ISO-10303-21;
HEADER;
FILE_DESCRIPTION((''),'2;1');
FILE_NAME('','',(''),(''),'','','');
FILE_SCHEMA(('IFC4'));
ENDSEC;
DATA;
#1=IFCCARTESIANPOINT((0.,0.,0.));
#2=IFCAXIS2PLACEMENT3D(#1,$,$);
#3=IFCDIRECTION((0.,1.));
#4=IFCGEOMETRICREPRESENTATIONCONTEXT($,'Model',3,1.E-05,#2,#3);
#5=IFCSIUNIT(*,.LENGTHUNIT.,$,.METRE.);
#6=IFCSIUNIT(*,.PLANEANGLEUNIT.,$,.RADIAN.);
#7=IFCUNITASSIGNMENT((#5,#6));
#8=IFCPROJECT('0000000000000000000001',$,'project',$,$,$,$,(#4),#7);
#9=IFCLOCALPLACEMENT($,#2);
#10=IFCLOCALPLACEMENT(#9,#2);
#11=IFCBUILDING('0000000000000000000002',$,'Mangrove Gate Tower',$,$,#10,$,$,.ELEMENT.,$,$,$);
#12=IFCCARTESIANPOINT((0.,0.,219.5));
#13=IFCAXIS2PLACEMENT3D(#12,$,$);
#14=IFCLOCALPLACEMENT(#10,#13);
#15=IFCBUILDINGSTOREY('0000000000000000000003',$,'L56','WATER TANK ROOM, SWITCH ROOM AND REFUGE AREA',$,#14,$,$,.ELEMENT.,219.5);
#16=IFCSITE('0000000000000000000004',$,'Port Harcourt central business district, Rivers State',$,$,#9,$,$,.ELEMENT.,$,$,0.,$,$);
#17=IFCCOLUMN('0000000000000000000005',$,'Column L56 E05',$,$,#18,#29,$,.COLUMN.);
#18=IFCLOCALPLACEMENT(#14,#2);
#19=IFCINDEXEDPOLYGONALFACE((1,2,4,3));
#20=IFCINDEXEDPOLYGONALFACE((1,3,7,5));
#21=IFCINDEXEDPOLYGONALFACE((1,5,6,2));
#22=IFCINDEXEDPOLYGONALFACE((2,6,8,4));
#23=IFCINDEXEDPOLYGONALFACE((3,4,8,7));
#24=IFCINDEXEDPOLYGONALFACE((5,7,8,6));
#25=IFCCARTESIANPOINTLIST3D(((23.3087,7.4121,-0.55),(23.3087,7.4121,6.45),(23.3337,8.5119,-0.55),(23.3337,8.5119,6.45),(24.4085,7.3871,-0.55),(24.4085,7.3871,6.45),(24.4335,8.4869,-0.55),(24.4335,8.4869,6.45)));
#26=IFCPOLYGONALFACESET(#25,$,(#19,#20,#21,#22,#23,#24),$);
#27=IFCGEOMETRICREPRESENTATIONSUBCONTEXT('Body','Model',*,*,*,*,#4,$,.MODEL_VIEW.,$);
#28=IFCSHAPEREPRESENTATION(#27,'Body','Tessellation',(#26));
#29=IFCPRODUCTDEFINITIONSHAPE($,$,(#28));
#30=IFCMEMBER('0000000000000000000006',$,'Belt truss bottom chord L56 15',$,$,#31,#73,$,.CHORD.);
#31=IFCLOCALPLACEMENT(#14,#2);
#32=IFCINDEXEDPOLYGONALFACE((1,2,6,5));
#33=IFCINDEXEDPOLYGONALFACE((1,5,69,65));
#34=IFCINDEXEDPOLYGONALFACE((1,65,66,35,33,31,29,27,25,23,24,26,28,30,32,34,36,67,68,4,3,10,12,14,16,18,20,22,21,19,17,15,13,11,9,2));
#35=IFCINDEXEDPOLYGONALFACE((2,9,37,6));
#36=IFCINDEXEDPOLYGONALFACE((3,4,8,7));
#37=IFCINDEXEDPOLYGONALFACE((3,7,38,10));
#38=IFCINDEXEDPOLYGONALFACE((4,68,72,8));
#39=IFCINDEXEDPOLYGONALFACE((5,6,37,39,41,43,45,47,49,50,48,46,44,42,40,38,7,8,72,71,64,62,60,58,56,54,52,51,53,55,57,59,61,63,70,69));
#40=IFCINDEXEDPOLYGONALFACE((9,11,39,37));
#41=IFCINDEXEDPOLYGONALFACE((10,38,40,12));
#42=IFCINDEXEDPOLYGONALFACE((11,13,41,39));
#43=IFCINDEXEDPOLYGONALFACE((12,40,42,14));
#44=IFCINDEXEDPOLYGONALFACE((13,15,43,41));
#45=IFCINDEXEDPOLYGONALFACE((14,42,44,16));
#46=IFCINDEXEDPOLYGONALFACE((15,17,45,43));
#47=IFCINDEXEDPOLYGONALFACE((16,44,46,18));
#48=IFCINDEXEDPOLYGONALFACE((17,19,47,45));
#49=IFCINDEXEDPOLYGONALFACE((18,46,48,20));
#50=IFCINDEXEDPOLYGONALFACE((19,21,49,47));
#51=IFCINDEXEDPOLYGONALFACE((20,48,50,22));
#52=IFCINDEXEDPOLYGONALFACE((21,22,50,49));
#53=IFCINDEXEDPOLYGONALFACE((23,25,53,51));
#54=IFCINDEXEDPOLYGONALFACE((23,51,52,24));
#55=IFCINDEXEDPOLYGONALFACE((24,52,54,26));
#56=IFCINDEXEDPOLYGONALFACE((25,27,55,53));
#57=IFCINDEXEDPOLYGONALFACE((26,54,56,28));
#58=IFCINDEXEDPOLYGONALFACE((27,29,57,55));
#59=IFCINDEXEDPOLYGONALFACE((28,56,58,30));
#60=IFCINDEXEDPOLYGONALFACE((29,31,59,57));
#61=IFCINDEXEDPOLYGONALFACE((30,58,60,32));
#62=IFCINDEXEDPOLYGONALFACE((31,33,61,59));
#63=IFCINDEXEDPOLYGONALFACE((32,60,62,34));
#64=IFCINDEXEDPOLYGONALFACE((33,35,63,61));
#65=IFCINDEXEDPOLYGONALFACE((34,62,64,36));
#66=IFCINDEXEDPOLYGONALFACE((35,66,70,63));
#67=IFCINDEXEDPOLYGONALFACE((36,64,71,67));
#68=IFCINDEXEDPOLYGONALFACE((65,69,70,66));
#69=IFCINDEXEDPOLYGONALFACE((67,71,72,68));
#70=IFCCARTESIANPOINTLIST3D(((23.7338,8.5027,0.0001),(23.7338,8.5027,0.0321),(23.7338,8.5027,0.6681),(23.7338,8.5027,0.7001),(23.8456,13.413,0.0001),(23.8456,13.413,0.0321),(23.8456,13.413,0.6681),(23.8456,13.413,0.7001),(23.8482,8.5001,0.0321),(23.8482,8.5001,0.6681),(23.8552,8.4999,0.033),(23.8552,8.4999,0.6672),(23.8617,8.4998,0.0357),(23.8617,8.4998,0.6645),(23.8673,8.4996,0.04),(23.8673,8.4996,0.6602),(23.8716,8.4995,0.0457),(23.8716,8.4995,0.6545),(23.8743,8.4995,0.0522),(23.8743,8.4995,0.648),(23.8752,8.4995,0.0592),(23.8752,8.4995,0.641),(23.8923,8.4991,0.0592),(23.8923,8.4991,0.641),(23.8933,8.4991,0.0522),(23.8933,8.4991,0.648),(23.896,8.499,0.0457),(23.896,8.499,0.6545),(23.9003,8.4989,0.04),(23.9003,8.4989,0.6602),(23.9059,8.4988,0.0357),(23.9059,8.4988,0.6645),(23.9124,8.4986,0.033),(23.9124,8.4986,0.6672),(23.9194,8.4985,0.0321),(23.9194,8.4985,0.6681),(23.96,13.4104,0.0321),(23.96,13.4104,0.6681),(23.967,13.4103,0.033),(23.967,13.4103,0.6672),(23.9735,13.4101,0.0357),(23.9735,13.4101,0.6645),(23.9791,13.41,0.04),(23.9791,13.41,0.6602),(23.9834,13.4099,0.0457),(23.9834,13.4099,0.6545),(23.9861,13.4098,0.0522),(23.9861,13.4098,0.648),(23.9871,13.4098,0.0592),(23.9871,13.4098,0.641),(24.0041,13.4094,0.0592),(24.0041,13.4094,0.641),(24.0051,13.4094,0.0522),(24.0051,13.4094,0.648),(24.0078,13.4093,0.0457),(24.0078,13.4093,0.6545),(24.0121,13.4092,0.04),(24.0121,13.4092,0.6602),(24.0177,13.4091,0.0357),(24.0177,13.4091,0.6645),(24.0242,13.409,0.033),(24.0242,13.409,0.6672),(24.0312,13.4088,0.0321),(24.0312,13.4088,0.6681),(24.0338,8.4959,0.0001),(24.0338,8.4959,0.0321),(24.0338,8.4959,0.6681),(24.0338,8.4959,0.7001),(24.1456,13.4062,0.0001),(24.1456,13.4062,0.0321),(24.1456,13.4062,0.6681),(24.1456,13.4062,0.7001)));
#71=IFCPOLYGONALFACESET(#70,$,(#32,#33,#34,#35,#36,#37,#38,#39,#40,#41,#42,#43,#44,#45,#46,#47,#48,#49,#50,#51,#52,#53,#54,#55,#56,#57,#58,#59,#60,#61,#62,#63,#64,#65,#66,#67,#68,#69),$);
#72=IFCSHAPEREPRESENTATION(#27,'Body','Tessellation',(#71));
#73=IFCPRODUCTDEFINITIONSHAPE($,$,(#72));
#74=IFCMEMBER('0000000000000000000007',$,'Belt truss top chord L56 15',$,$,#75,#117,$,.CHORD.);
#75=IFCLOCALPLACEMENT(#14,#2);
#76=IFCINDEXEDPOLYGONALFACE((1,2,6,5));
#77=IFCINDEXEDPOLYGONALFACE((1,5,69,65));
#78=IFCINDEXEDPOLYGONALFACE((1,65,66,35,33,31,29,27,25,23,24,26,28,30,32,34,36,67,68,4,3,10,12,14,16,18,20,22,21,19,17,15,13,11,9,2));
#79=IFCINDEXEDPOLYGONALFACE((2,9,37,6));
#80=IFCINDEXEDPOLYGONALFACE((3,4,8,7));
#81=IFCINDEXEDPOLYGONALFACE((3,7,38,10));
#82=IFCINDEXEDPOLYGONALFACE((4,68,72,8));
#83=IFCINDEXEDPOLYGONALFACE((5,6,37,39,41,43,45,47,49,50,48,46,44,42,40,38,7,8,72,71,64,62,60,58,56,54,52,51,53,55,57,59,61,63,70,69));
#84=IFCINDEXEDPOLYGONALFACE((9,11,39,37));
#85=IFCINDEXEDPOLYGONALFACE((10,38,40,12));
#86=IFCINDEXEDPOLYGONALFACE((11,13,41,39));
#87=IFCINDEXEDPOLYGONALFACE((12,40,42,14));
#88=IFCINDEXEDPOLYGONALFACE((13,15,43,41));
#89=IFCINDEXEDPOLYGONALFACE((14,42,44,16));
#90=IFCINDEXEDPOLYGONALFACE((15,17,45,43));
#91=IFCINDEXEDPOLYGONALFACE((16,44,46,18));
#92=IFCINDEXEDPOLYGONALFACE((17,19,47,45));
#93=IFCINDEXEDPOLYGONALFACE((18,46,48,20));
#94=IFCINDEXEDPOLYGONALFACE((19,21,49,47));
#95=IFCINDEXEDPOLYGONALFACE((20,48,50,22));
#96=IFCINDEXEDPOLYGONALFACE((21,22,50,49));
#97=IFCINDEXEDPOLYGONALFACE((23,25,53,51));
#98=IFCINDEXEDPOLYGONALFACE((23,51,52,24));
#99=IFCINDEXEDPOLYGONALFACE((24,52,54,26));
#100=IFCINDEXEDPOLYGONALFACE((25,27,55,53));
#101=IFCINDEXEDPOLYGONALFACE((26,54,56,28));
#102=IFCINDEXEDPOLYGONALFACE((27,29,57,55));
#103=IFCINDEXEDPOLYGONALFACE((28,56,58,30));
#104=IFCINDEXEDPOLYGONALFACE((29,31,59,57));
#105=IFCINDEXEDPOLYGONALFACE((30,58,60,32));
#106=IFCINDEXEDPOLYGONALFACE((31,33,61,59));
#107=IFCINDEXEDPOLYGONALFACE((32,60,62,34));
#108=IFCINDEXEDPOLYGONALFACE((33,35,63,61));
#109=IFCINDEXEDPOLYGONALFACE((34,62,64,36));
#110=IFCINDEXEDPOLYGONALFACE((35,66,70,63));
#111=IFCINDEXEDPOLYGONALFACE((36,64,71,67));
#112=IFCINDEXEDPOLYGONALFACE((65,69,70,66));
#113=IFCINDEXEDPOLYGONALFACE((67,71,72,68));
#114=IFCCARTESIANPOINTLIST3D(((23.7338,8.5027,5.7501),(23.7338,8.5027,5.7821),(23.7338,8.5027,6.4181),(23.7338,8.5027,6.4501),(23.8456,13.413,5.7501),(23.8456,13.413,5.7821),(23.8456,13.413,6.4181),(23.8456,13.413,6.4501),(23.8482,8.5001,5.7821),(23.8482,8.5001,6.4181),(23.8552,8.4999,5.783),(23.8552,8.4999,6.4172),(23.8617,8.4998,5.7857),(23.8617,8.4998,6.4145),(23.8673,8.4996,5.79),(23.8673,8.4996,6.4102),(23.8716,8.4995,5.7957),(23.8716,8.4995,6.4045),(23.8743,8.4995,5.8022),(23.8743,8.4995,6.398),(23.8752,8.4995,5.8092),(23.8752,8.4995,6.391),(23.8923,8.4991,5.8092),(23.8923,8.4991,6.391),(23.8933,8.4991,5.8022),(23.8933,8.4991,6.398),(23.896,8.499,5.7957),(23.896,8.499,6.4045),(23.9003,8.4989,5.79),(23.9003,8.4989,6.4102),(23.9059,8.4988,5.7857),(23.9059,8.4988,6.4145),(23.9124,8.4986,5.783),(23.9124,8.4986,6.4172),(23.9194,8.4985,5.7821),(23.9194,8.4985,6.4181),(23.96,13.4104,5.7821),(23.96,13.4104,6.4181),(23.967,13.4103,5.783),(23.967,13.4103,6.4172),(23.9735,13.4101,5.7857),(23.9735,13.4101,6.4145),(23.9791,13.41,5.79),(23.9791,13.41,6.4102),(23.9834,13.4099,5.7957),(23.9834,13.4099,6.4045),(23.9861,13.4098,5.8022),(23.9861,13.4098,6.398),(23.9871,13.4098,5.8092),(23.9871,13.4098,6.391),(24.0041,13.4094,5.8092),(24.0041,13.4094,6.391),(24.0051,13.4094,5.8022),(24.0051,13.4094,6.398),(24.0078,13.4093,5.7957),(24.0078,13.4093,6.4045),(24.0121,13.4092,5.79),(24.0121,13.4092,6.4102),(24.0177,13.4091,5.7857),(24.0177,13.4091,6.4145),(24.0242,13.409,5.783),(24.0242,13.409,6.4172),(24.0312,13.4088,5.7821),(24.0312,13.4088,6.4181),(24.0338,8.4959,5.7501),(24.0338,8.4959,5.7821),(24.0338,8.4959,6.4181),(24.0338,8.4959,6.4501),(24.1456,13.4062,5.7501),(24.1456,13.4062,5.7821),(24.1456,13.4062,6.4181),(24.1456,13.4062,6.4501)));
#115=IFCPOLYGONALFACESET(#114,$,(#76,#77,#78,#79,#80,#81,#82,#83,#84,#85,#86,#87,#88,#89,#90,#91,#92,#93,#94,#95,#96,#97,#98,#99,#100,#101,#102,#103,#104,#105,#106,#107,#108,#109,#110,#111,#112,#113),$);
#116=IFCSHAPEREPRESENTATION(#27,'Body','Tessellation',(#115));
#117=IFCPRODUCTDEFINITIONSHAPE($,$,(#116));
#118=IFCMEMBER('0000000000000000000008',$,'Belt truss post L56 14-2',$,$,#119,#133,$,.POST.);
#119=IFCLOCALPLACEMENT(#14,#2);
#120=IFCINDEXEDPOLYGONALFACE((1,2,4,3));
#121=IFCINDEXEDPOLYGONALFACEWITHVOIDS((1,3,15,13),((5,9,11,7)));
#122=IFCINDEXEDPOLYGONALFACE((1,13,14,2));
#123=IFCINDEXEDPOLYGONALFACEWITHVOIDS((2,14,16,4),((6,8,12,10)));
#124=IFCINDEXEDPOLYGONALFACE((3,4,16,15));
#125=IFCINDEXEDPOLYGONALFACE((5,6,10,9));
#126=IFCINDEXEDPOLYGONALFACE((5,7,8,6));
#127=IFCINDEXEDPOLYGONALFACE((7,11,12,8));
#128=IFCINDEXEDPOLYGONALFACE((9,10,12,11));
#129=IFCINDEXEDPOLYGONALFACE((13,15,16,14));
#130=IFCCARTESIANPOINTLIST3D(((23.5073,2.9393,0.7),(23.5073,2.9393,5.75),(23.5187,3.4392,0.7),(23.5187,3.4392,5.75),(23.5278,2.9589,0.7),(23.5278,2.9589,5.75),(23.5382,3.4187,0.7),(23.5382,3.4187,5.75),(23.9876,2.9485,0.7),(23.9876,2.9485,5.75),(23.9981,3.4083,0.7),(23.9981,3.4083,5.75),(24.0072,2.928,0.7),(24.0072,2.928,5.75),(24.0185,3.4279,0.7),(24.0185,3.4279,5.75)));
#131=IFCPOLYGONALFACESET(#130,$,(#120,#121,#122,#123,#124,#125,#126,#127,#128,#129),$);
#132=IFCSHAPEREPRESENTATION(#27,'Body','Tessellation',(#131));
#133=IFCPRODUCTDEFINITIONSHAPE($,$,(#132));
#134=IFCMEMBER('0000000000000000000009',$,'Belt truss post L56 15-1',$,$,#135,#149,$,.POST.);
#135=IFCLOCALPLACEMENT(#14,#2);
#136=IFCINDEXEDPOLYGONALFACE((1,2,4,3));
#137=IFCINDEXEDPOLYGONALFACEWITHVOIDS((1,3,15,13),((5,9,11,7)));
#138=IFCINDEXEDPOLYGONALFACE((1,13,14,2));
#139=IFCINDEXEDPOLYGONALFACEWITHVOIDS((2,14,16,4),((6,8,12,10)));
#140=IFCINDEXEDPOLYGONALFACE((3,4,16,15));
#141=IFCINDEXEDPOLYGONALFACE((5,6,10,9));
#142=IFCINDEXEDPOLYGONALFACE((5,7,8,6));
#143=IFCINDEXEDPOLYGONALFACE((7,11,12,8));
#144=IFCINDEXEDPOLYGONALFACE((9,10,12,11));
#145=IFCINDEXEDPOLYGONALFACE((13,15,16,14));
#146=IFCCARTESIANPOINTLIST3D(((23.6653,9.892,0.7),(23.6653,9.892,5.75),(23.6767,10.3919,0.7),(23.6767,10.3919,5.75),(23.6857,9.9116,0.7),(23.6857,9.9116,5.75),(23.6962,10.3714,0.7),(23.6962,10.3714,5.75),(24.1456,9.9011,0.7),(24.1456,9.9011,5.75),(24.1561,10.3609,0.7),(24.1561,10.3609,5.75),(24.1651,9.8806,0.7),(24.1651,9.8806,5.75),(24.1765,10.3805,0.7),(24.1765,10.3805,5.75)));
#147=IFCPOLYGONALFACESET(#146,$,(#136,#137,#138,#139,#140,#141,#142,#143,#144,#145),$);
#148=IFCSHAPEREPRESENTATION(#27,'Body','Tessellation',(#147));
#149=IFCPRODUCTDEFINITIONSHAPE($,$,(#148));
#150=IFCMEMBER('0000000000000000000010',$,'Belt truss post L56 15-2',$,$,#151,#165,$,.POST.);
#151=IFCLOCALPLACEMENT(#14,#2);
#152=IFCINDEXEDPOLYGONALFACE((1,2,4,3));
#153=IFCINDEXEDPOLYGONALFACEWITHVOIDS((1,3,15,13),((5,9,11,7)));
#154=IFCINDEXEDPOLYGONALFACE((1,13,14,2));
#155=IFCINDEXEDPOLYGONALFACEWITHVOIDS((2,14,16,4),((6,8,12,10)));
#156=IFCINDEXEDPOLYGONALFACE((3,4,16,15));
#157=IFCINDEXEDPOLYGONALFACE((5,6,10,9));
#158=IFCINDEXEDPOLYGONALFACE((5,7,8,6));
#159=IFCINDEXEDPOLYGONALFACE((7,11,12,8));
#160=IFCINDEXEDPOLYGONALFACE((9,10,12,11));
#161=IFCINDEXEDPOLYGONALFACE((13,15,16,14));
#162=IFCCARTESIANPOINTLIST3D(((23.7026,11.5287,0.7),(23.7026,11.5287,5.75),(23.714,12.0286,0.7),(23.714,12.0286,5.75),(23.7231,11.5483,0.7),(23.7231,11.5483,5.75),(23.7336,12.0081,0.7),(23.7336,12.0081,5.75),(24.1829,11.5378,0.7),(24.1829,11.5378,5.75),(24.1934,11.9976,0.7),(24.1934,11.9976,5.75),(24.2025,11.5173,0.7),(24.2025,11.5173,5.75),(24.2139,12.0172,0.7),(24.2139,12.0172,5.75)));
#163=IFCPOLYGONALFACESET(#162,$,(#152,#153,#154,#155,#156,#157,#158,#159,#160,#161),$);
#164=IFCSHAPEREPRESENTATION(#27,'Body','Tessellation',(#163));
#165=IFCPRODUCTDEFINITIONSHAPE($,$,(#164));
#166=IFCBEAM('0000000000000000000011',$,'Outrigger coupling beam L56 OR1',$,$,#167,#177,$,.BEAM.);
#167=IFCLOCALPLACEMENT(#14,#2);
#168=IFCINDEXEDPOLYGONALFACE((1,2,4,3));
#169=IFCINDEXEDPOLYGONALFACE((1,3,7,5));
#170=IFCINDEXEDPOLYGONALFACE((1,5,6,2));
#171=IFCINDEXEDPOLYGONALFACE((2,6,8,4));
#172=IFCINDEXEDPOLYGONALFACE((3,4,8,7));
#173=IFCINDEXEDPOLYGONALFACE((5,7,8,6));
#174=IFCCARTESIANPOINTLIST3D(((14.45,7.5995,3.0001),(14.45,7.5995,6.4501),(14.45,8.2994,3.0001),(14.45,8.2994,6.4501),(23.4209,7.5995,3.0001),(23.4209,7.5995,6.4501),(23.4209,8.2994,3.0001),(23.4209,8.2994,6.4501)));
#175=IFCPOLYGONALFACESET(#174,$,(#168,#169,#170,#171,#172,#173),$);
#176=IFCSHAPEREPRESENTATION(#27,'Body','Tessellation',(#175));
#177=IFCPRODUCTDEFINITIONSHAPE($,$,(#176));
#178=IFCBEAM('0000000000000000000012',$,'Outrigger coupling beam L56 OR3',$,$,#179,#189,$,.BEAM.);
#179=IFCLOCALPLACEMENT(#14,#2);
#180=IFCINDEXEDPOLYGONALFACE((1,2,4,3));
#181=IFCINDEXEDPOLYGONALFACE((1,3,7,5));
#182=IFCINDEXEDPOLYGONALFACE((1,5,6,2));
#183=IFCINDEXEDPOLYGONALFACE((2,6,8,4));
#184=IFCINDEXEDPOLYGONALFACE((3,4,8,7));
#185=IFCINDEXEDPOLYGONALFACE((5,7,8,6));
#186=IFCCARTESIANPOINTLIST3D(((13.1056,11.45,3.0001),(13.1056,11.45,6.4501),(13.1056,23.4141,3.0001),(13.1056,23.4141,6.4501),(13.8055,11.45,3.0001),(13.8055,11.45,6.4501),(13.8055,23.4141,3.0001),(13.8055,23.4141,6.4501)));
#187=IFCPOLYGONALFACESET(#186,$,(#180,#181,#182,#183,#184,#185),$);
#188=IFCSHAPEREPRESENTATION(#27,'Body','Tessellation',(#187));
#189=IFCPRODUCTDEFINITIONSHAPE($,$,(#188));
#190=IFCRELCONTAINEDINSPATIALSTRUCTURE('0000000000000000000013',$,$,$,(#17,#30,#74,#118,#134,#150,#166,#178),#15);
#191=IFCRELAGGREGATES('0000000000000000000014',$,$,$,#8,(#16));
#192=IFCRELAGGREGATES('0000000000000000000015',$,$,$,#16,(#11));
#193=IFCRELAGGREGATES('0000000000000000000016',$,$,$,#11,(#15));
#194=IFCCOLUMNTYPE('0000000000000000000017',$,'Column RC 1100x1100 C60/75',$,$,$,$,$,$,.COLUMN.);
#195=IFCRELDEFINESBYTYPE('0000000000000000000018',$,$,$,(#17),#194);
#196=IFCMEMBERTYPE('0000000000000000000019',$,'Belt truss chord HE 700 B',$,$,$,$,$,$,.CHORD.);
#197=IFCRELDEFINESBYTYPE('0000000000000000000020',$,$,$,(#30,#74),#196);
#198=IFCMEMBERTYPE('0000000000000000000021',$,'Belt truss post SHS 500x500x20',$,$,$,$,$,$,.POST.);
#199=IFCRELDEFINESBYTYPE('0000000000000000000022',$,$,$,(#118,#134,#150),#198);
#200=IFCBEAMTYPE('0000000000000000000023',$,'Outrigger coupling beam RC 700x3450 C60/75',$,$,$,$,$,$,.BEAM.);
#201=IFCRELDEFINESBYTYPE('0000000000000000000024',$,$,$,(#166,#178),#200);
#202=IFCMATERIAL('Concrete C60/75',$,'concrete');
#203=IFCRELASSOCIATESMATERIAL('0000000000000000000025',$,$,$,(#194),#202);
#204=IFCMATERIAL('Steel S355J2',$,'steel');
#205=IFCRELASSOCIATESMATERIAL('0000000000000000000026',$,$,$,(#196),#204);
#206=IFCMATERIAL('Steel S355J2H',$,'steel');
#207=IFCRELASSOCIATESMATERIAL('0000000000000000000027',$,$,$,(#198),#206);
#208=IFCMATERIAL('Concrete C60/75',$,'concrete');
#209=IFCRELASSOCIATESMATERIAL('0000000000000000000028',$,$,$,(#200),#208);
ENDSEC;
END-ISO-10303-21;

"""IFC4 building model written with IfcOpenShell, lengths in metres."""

from ifc_helpers import new_model, si_unit, direction, frame, origin, origin_2d, place, context, subcontext, project, spatial, rectangle, hollow_rectangle, i_section, extrude, material, material_profile, profile_set, type_object, element, save


model = new_model("IFC4")

# Units and contexts
model_context = context("Model", 3, precision=1e-05, world=origin(), true_north=direction((0.0, 1.0)))
body_context = subcontext(model_context, "Body", "Model", "MODEL_VIEW")
ifc_project = project(units=[si_unit("LENGTHUNIT", "METRE"), si_unit("PLANEANGLEUNIT", "RADIAN")], contexts=[model_context])

# Site, building, storey
site_placement = place(None, origin())
site = spatial("IfcSite", under=ifc_project, at=site_placement, Name="Port Harcourt central business district, Rivers State", CompositionType="ELEMENT", RefElevation=0.0)
building_placement = place(site_placement, origin())
building = spatial("IfcBuilding", under=site, at=building_placement, Name="Mangrove Gate Tower", CompositionType="ELEMENT")
storey_placement = place(building_placement, frame((0.0, 0.0, 219.5)))
storey = spatial("IfcBuildingStorey", under=building, at=storey_placement, Name="L56", Description="WATER TANK ROOM, SWITCH ROOM AND REFUGE AREA", CompositionType="ELEMENT", Elevation=219.5)

# Column
ifc_material_1 = material(Name="Concrete C60/75", Category="concrete")
ifc_material_profile_1 = material_profile(ifc_material_1, rectangle(XDim=1.1001, YDim=1.1001, at=origin_2d()))
ifc_profile_set_1 = profile_set([ifc_material_profile_1], Name="Concrete C60/75")
column_type = type_object("IfcColumnType", Name="Column RC 1100x1100 C60/75", PredefinedType="COLUMN", material=ifc_profile_set_1)
column_placement = place(storey_placement, frame((23.8711, 7.9495, -0.55), z_axis=(0.0, 0.0, 1.0), x_axis=(0.022719, 0.999742, 0.0)))
element("IfcColumn", 1, at=column_placement, inside=storey, type_object=column_type, Name="Column L56 E05", PredefinedType="COLUMN", context=body_context, shape_type="SweptSolid", body=[
    extrude(rectangle(XDim=1.1001, YDim=1.1001, at=origin_2d()), origin(), (0.0, 0.0, 1.0), 7.0),
])

# Members
ifc_material_2 = material(Name="Steel S355J2", Category="steel")
ifc_material_profile_2 = material_profile(ifc_material_2, i_section(OverallWidth=0.3, OverallDepth=0.7, WebThickness=0.0171, FlangeThickness=0.032, FilletRadius=0.0271, at=origin_2d()))
ifc_profile_set_2 = profile_set([ifc_material_profile_2], Name="Steel S355J2")
member_type_1 = type_object("IfcMemberType", Name="Belt truss chord HE 700 B", PredefinedType="CHORD", material=ifc_profile_set_2)
for number, where, z_axis, x_axis, name in (
    (2, (23.8838, 8.4993, 0.3501), (0.022765, 0.999741, 0.0), (-0.999741, 0.022765, 0.0), "Belt truss bottom chord L56 15"),
    (3, (23.8838, 8.4993, 6.1001), (0.022765, 0.999741, 0.0), (-0.999741, 0.022765, 0.0), "Belt truss top chord L56 15"),
):
    element("IfcMember", number, at=place(storey_placement, frame(where, z_axis=z_axis, x_axis=x_axis)), inside=storey, type_object=member_type_1, Name=name, PredefinedType="CHORD", context=body_context, shape_type="SweptSolid", body=[
        extrude(i_section(OverallWidth=0.3, OverallDepth=0.7, WebThickness=0.0171, FlangeThickness=0.032, FilletRadius=0.0271, at=origin_2d()), origin(), (0.0, 0.0, 1.0), 4.9116),
    ])
ifc_material_3 = material(Name="Steel S355J2H", Category="steel")
ifc_material_profile_3 = material_profile(ifc_material_3, hollow_rectangle(XDim=0.5, YDim=0.5, WallThickness=0.02, at=origin_2d()))
ifc_profile_set_3 = profile_set([ifc_material_profile_3], Name="Steel S355J2H")
member_type_2 = type_object("IfcMemberType", Name="Belt truss post SHS 500x500x20", PredefinedType="POST", material=ifc_profile_set_3)
for number, where, z_axis, x_axis, name in (
    (4, (23.7629, 3.1836, 0.7), (0.0, 0.0, 1.0), (0.022688, 0.999743, 0.0), "Belt truss post L56 14-2"),
    (5, (23.9209, 10.1362, 0.7), (0.0, 0.0, 1.0), (0.022789, 0.99974, 0.0), "Belt truss post L56 15-1"),
    (6, (23.9583, 11.7729, 0.7), (0.0, 0.0, 1.0), (0.022789, 0.99974, 0.0), "Belt truss post L56 15-2"),
):
    element("IfcMember", number, at=place(storey_placement, frame(where, z_axis=z_axis, x_axis=x_axis)), inside=storey, type_object=member_type_2, Name=name, PredefinedType="POST", context=body_context, shape_type="SweptSolid", body=[
        extrude(hollow_rectangle(XDim=0.5, YDim=0.5, WallThickness=0.02, at=origin_2d()), origin(), (0.0, 0.0, 1.0), 5.05),
    ])

# Beams
ifc_material_4 = material(Name="Concrete C60/75", Category="concrete")
ifc_material_profile_4 = material_profile(ifc_material_4, rectangle(XDim=0.7, YDim=3.45, at=origin_2d()))
ifc_profile_set_4 = profile_set([ifc_material_profile_4], Name="Concrete C60/75")
beam_type = type_object("IfcBeamType", Name="Outrigger coupling beam RC 700x3450 C60/75", PredefinedType="BEAM", material=ifc_profile_set_4)
beam_1_placement = place(storey_placement, frame((14.45, 7.9495, 4.7251), z_axis=(1.0, 0.0, 0.0), x_axis=(0.0, 1.0, 0.0)))
element("IfcBeam", 7, at=beam_1_placement, inside=storey, type_object=beam_type, Name="Outrigger coupling beam L56 OR1", PredefinedType="BEAM", context=body_context, shape_type="SweptSolid", body=[
    extrude(rectangle(XDim=0.7, YDim=3.45, at=origin_2d()), origin(), (0.0, 0.0, 1.0), 8.9709),
])
beam_2_placement = place(storey_placement, frame((13.4556, 11.45, 4.7251), z_axis=(0.0, 1.0, 0.0), x_axis=(-1.0, 0.0, 0.0)))
element("IfcBeam", 8, at=beam_2_placement, inside=storey, type_object=beam_type, Name="Outrigger coupling beam L56 OR3", PredefinedType="BEAM", context=body_context, shape_type="SweptSolid", body=[
    extrude(rectangle(XDim=0.7, YDim=3.45, at=origin_2d()), origin(), (0.0, 0.0, 1.0), 11.9641),
])

save(model, "model.ifc")
